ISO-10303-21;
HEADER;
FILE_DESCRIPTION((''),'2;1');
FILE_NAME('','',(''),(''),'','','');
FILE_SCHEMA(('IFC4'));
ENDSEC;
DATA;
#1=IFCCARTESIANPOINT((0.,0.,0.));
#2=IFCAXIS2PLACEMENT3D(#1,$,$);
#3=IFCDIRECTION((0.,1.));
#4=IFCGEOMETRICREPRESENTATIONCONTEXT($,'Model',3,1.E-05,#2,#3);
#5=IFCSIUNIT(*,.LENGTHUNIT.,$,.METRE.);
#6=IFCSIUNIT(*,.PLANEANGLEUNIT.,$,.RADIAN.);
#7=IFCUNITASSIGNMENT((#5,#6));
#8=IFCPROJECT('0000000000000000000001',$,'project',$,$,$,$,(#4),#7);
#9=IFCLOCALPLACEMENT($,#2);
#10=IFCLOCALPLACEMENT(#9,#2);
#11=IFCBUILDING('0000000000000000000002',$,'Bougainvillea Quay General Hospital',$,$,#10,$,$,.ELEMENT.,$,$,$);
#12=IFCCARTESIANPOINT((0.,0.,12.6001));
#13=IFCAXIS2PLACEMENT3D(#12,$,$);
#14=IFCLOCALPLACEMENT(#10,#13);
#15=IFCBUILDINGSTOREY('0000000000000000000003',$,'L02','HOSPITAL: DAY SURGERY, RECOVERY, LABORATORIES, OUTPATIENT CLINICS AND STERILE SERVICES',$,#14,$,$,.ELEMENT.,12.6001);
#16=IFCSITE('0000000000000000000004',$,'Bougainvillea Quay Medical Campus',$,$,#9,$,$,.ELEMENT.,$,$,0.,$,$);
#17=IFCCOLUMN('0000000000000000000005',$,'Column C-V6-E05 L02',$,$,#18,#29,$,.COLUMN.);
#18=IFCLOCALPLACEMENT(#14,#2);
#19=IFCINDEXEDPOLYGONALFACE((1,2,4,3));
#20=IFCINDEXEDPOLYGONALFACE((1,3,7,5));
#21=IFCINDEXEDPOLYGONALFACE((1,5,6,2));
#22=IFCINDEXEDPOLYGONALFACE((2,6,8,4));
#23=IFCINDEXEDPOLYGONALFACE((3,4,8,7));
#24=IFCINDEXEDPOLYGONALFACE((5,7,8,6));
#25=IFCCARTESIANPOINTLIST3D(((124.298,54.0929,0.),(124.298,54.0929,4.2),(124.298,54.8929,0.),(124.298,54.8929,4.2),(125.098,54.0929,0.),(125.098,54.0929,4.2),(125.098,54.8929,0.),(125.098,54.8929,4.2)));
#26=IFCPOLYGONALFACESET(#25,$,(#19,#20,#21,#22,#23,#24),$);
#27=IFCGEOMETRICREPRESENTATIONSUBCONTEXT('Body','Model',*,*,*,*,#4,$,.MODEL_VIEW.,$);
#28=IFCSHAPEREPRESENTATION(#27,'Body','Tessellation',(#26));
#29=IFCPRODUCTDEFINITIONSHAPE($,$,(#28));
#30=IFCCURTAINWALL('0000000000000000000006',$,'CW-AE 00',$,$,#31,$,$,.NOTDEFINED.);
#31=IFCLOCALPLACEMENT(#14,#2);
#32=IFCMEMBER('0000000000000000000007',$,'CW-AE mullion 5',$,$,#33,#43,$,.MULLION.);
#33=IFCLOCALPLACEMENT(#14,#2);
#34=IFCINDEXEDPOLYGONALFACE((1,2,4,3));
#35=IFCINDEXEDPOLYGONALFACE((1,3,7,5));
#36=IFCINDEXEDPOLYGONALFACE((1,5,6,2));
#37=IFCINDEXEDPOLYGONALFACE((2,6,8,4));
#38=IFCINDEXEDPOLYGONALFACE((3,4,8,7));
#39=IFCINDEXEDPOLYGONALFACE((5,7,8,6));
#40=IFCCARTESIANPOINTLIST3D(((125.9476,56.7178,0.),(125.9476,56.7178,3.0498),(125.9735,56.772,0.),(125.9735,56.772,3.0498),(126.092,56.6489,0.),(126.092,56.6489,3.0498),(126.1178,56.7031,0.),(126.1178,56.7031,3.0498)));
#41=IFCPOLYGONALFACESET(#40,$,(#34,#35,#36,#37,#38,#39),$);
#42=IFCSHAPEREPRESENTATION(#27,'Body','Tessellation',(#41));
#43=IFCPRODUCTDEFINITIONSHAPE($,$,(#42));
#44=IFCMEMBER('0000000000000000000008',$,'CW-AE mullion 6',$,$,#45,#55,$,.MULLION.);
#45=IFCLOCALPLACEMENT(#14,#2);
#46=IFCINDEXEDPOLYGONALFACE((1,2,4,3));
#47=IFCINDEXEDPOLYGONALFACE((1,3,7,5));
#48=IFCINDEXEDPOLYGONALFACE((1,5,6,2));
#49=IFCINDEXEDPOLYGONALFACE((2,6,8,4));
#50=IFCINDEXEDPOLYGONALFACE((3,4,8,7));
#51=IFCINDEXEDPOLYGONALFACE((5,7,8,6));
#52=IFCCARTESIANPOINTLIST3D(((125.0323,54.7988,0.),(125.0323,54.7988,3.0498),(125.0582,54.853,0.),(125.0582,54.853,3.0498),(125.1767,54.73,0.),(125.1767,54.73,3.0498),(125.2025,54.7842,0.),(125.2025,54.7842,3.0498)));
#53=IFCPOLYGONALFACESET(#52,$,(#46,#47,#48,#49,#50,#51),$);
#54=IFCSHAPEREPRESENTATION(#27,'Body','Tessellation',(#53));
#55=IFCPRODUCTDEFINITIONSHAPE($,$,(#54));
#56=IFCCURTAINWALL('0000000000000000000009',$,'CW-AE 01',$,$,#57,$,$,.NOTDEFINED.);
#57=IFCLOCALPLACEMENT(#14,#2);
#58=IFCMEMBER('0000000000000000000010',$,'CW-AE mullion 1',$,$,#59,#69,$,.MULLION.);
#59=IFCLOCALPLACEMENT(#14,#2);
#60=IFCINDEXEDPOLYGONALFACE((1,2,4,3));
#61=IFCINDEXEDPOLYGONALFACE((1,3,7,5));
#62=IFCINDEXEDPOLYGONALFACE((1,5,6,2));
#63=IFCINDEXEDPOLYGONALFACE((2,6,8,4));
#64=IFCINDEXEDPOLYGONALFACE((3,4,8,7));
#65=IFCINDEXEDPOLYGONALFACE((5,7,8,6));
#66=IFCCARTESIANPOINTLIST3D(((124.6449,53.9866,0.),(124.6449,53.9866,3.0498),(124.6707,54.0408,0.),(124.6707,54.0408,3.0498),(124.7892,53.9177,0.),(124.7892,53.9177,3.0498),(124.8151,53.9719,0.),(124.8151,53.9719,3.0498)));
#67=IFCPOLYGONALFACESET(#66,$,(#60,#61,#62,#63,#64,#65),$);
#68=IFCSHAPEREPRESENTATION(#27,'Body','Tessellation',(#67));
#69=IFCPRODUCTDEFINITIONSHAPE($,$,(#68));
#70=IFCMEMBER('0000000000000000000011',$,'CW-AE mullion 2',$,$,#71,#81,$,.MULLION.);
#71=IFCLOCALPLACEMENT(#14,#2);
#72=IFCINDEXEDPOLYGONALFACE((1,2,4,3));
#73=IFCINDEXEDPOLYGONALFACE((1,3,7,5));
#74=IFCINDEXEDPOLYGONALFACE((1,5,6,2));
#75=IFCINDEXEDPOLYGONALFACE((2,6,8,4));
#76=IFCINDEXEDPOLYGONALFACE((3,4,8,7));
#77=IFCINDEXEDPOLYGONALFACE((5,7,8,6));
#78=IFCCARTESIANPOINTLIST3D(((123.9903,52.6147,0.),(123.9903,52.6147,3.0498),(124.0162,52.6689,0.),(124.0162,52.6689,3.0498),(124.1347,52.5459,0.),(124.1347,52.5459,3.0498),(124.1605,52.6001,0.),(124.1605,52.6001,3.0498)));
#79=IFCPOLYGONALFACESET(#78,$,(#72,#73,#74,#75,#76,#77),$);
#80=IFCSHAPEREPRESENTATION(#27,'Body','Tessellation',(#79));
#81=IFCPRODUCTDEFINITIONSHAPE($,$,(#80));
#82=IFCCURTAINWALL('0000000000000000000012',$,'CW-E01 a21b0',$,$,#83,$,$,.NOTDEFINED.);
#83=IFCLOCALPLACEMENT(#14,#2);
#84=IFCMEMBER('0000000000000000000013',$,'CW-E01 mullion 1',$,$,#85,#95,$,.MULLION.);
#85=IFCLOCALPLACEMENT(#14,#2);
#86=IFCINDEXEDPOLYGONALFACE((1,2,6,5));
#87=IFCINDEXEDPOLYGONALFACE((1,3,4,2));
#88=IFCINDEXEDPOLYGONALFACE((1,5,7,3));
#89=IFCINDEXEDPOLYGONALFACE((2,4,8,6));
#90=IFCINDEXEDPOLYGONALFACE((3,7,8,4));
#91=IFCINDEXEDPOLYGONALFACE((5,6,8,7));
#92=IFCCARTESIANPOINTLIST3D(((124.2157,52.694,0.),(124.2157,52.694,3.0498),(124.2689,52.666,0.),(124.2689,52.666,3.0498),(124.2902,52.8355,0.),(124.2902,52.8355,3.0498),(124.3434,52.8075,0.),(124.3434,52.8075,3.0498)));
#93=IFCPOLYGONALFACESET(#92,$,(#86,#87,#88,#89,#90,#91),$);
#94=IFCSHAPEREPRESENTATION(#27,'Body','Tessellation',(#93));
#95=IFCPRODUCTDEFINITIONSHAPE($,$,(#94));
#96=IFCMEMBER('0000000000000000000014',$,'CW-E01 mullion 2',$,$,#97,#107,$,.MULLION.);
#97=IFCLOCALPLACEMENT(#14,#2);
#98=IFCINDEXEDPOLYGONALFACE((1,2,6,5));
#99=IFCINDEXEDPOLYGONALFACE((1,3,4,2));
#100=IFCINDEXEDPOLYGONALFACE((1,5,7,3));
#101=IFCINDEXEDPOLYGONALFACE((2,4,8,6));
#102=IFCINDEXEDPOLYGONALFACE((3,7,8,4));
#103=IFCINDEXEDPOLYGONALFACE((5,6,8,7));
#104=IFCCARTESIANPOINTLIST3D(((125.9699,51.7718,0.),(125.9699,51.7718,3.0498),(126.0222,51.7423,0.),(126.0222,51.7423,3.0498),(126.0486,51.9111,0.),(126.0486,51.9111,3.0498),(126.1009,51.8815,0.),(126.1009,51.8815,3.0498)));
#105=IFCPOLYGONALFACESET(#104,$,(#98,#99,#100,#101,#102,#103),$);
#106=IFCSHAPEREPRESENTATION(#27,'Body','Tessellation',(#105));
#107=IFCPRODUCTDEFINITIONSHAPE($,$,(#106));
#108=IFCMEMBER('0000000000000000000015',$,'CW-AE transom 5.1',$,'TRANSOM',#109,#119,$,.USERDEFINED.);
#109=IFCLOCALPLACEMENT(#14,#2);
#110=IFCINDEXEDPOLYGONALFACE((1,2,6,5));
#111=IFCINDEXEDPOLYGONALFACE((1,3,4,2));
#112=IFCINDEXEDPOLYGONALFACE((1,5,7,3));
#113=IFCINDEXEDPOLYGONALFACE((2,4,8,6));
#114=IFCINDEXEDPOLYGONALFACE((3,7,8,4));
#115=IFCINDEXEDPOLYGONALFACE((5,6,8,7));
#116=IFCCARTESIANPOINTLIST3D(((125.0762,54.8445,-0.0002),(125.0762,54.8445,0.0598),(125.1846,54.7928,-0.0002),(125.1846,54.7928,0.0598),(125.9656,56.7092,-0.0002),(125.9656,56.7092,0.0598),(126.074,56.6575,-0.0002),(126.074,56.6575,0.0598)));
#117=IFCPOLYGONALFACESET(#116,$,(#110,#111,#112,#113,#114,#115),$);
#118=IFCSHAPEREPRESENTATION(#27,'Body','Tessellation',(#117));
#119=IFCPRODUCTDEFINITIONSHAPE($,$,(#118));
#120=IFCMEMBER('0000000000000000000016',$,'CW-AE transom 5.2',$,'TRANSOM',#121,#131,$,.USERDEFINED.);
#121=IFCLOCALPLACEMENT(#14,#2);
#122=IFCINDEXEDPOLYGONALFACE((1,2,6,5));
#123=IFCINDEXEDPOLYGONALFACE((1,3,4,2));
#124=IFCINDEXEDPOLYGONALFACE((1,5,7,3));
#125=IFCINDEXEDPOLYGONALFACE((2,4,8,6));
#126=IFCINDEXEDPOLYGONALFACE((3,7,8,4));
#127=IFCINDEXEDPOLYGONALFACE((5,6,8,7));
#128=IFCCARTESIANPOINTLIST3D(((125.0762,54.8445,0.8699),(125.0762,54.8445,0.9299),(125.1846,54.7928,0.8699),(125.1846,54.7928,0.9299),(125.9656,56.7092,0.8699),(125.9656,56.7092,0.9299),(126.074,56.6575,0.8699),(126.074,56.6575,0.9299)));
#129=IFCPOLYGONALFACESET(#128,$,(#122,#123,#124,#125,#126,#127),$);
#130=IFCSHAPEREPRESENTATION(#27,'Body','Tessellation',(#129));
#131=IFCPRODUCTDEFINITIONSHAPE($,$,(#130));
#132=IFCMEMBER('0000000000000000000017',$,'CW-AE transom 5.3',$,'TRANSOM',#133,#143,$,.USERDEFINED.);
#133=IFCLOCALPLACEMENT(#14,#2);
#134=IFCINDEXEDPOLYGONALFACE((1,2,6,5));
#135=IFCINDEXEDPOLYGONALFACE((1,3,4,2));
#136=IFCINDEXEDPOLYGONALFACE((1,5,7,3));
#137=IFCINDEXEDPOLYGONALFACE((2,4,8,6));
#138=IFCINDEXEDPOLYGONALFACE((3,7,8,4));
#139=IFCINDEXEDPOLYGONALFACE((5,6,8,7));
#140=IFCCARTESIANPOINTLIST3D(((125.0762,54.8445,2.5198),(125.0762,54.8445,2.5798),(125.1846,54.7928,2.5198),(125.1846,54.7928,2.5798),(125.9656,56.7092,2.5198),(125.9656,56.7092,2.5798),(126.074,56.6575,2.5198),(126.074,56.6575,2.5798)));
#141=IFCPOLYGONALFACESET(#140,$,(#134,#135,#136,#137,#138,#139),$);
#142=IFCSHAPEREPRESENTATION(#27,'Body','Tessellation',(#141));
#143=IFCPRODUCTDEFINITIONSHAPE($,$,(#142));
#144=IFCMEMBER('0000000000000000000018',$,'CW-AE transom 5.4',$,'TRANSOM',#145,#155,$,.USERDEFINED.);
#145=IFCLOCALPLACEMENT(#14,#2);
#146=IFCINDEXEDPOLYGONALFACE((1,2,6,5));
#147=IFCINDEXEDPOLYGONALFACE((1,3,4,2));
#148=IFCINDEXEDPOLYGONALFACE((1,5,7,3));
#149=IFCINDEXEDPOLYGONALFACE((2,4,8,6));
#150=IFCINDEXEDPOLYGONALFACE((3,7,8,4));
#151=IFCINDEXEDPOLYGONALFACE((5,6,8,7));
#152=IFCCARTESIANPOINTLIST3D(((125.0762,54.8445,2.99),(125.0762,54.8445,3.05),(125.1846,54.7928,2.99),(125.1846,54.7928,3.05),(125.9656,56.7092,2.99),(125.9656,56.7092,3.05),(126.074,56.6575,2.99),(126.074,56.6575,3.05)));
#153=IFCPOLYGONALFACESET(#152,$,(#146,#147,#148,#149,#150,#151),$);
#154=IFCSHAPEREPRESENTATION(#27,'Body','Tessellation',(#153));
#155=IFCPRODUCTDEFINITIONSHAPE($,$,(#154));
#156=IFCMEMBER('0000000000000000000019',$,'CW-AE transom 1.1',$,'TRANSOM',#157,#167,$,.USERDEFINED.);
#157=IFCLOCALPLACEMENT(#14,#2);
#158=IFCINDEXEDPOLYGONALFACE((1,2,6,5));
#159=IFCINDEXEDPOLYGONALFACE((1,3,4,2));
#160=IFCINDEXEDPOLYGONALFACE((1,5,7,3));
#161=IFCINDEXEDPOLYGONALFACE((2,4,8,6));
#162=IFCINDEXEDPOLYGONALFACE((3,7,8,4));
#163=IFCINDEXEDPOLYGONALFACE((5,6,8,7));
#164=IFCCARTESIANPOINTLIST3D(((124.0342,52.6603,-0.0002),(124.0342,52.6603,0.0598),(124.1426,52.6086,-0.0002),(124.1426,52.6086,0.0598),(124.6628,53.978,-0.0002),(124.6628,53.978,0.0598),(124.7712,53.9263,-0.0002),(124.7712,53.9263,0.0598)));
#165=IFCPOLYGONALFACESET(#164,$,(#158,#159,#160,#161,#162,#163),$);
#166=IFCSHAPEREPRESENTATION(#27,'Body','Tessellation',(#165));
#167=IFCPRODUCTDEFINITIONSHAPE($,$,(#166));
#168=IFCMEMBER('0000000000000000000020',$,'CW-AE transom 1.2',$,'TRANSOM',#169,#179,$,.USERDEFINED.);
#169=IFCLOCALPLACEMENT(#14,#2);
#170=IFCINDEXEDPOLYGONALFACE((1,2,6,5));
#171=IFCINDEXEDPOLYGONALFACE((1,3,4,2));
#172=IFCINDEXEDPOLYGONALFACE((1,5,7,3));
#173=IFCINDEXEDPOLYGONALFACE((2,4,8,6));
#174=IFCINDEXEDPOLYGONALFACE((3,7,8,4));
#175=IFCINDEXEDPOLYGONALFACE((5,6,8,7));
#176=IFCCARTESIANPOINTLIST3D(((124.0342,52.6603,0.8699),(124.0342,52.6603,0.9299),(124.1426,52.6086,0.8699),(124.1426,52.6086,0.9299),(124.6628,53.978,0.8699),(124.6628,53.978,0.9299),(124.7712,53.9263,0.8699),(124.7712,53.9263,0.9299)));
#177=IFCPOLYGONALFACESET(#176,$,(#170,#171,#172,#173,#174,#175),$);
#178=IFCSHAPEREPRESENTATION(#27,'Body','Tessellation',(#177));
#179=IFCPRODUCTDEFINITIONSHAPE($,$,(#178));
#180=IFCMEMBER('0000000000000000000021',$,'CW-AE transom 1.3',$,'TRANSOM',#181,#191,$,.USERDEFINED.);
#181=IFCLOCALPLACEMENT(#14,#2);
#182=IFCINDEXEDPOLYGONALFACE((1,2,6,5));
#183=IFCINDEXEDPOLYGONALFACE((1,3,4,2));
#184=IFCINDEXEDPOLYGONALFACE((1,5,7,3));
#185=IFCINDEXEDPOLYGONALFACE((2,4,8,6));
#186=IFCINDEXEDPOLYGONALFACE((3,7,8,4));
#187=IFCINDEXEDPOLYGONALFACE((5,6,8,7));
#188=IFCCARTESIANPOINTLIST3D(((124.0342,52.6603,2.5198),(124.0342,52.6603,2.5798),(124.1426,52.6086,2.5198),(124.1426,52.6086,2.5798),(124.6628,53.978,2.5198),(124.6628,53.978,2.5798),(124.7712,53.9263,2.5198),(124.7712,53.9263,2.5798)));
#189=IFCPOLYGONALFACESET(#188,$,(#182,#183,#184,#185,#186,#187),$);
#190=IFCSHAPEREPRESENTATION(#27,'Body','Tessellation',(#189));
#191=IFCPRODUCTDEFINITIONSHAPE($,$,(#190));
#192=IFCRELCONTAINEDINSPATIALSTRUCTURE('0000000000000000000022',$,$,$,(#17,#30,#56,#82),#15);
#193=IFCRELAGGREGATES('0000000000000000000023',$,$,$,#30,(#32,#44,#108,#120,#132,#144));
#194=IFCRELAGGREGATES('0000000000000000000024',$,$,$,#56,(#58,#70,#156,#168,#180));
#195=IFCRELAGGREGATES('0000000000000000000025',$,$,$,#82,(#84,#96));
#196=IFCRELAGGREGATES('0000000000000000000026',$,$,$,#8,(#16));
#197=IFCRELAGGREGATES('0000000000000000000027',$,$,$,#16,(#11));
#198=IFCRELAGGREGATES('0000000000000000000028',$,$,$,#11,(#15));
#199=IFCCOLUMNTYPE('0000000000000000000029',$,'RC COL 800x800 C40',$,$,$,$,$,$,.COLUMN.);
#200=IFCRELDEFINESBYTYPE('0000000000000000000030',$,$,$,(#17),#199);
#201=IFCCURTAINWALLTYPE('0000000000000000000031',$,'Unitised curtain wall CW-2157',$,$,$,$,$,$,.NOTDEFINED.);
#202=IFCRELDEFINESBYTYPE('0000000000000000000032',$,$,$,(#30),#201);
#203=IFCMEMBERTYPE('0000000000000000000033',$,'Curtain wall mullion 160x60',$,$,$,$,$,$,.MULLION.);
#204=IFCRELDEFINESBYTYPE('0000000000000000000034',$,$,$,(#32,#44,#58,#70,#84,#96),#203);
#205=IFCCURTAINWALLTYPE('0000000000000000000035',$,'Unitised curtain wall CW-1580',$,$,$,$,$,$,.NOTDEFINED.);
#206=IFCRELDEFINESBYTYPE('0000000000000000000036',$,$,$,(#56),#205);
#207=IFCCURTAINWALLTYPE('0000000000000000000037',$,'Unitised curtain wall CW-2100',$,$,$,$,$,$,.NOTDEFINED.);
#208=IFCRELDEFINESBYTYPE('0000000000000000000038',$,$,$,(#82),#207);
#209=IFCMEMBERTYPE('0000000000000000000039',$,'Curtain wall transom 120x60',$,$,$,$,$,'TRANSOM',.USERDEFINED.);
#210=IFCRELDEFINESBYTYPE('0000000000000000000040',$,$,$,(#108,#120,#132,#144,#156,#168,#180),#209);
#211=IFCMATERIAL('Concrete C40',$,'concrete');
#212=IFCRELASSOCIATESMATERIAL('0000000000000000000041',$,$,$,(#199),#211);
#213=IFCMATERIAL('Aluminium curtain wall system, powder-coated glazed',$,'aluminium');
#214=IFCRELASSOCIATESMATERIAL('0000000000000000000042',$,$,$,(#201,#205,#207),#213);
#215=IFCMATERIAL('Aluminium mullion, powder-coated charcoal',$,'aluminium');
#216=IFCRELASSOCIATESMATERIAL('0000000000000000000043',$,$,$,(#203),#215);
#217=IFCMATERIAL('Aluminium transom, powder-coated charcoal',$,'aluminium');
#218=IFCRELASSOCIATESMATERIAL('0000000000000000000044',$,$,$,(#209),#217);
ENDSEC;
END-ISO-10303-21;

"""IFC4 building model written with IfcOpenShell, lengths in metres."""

from ifc_helpers import new_model, si_unit, direction, frame, origin, origin_2d, place, context, subcontext, project, spatial, rectangle, extrude, material, material_profile, profile_set, type_object, element, aggregate, save


model = new_model("IFC4")

# Units and contexts
model_context = context("Model", 3, precision=1e-05, world=origin(), true_north=direction((0.0, 1.0)))
body_context = subcontext(model_context, "Body", "Model", "MODEL_VIEW")
ifc_project = project(units=[si_unit("LENGTHUNIT", "METRE"), si_unit("PLANEANGLEUNIT", "RADIAN")], contexts=[model_context])

# Site, building, storey
site_placement = place(None, origin())
site = spatial("IfcSite", under=ifc_project, at=site_placement, Name="Bougainvillea Quay Medical Campus", CompositionType="ELEMENT", RefElevation=0.0)
building_placement = place(site_placement, origin())
building = spatial("IfcBuilding", under=site, at=building_placement, Name="Bougainvillea Quay General Hospital", CompositionType="ELEMENT")
storey_placement = place(building_placement, frame((0.0, 0.0, 12.6001)))
storey = spatial("IfcBuildingStorey", under=building, at=storey_placement, Name="L02", Description="HOSPITAL: DAY SURGERY, RECOVERY, LABORATORIES, OUTPATIENT CLINICS AND STERILE SERVICES", CompositionType="ELEMENT", Elevation=12.6001)

# Column
ifc_material_1 = material(Name="Concrete C40", Category="concrete")
ifc_material_profile_1 = material_profile(ifc_material_1, rectangle(XDim=0.8, YDim=0.8, at=origin_2d()))
ifc_profile_set_1 = profile_set([ifc_material_profile_1], Name="Concrete C40")
column_type = type_object("IfcColumnType", Name="RC COL 800x800 C40", PredefinedType="COLUMN", material=ifc_profile_set_1)
column_placement = place(storey_placement, frame((124.698, 54.4929, 0.0), z_axis=(0.0, 0.0, 1.0), x_axis=(1.0, 0.0, 0.0)))
element("IfcColumn", 1, at=column_placement, inside=storey, type_object=column_type, Name="Column C-V6-E05 L02", PredefinedType="COLUMN", context=body_context, shape_type="SweptSolid", body=[
    extrude(rectangle(XDim=0.8, YDim=0.8, at=origin_2d()), origin(), (0.0, 0.0, 1.0), 4.2),
])

# Curtain walls, members
ifc_material_2 = material(Name="Aluminium curtain wall system, powder-coated glazed", Category="aluminium")
curtain_wall_type_1 = type_object("IfcCurtainWallType", Name="Unitised curtain wall CW-2157", PredefinedType="NOTDEFINED", material=ifc_material_2)
curtain_wall_1_placement = place(storey_placement, origin())
curtain_wall_1 = element("IfcCurtainWall", 2, at=curtain_wall_1_placement, inside=storey, type_object=curtain_wall_type_1, Name="CW-AE 00", PredefinedType="NOTDEFINED")
ifc_material_3 = material(Name="Aluminium mullion, powder-coated charcoal", Category="aluminium")
ifc_material_profile_2 = material_profile(ifc_material_3, rectangle(XDim=0.1599, YDim=0.0601, at=origin_2d()))
ifc_profile_set_2 = profile_set([ifc_material_profile_2], Name="Aluminium mullion, powder-coated charcoal")
member_type_1 = type_object("IfcMemberType", Name="Curtain wall mullion 160x60", PredefinedType="MULLION", material=ifc_profile_set_2)
member_1_placement = place(storey_placement, frame((126.0327, 56.7104, 0.0), z_axis=(0.0, 0.0, 1.0), x_axis=(0.902576, -0.43053, 0.0)))
member_1 = element("IfcMember", 3, at=member_1_placement, type_object=member_type_1, Name="CW-AE mullion 5", PredefinedType="MULLION", context=body_context, shape_type="SweptSolid", body=[
    extrude(rectangle(XDim=0.1599, YDim=0.0601, at=origin_2d()), origin(), (0.0, 0.0, 1.0), 3.0498),
])
member_2_placement = place(storey_placement, frame((125.1174, 54.7915, 0.0), z_axis=(0.0, 0.0, 1.0), x_axis=(0.902576, -0.43053, 0.0)))
member_2 = element("IfcMember", 4, at=member_2_placement, type_object=member_type_1, Name="CW-AE mullion 6", PredefinedType="MULLION", context=body_context, shape_type="SweptSolid", body=[
    extrude(rectangle(XDim=0.1599, YDim=0.0601, at=origin_2d()), origin(), (0.0, 0.0, 1.0), 3.0498),
])
curtain_wall_type_2 = type_object("IfcCurtainWallType", Name="Unitised curtain wall CW-1580", PredefinedType="NOTDEFINED", material=ifc_material_2)
curtain_wall_2_placement = place(storey_placement, origin())
curtain_wall_2 = element("IfcCurtainWall", 5, at=curtain_wall_2_placement, inside=storey, type_object=curtain_wall_type_2, Name="CW-AE 01", PredefinedType="NOTDEFINED")
member_3_placement = place(storey_placement, frame((124.73, 53.9792, 0.0), z_axis=(0.0, 0.0, 1.0), x_axis=(0.902576, -0.43053, 0.0)))
member_3 = element("IfcMember", 6, at=member_3_placement, type_object=member_type_1, Name="CW-AE mullion 1", PredefinedType="MULLION", context=body_context, shape_type="SweptSolid", body=[
    extrude(rectangle(XDim=0.1599, YDim=0.0601, at=origin_2d()), origin(), (0.0, 0.0, 1.0), 3.0498),
])
member_4_placement = place(storey_placement, frame((124.0754, 52.6074, 0.0), z_axis=(0.0, 0.0, 1.0), x_axis=(0.902576, -0.43053, 0.0)))
member_4 = element("IfcMember", 7, at=member_4_placement, type_object=member_type_1, Name="CW-AE mullion 2", PredefinedType="MULLION", context=body_context, shape_type="SweptSolid", body=[
    extrude(rectangle(XDim=0.1599, YDim=0.0601, at=origin_2d()), origin(), (0.0, 0.0, 1.0), 3.0498),
])
curtain_wall_type_3 = type_object("IfcCurtainWallType", Name="Unitised curtain wall CW-2100", PredefinedType="NOTDEFINED", material=ifc_material_2)
curtain_wall_3_placement = place(storey_placement, origin())
curtain_wall_3 = element("IfcCurtainWall", 8, at=curtain_wall_3_placement, inside=storey, type_object=curtain_wall_type_3, Name="CW-E01 a21b0", PredefinedType="NOTDEFINED")
member_5_placement = place(storey_placement, frame((124.2795, 52.7507, 0.0), z_axis=(0.0, 0.0, 1.0), x_axis=(0.465726, 0.884929, 0.0)))
member_5 = element("IfcMember", 9, at=member_5_placement, type_object=member_type_1, Name="CW-E01 mullion 1", PredefinedType="MULLION", context=body_context, shape_type="SweptSolid", body=[
    extrude(rectangle(XDim=0.1599, YDim=0.0601, at=origin_2d()), origin(), (0.0, 0.0, 1.0), 3.0498),
])
member_6_placement = place(storey_placement, frame((126.0354, 51.8267, 0.0), z_axis=(0.0, 0.0, 1.0), x_axis=(0.491545, 0.870852, 0.0)))
member_6 = element("IfcMember", 10, at=member_6_placement, type_object=member_type_1, Name="CW-E01 mullion 2", PredefinedType="MULLION", context=body_context, shape_type="SweptSolid", body=[
    extrude(rectangle(XDim=0.1599, YDim=0.0601, at=origin_2d()), origin(), (0.0, 0.0, 1.0), 3.0498),
])

# Members
ifc_material_4 = material(Name="Aluminium transom, powder-coated charcoal", Category="aluminium")
ifc_material_profile_3 = material_profile(ifc_material_4, rectangle(XDim=0.1201, YDim=0.0601, at=origin_2d()))
ifc_profile_set_3 = profile_set([ifc_material_profile_3], Name="Aluminium transom, powder-coated charcoal")
member_type_2 = type_object("IfcMemberType", Name="Curtain wall transom 120x60", ElementType="TRANSOM", PredefinedType="USERDEFINED", material=ifc_profile_set_3)
member_7_placement = place(storey_placement, frame((126.0198, 56.6833, 0.0298), z_axis=(-0.430498, -0.902592, 0.0), x_axis=(0.902592, -0.430498, 0.0)))
member_7 = element("IfcMember", 11, at=member_7_placement, type_object=member_type_2, Name="CW-AE transom 5.1", ObjectType="TRANSOM", PredefinedType="USERDEFINED", context=body_context, shape_type="SweptSolid", body=[
    extrude(rectangle(XDim=0.1201, YDim=0.0601, at=origin_2d()), origin(), (0.0, 0.0, 1.0), 2.0659),
])
member_8_placement = place(storey_placement, frame((126.0198, 56.6833, 0.8999), z_axis=(-0.430498, -0.902592, 0.0), x_axis=(0.902592, -0.430498, 0.0)))
member_8 = element("IfcMember", 12, at=member_8_placement, type_object=member_type_2, Name="CW-AE transom 5.2", ObjectType="TRANSOM", PredefinedType="USERDEFINED", context=body_context, shape_type="SweptSolid", body=[
    extrude(rectangle(XDim=0.1201, YDim=0.0601, at=origin_2d()), origin(), (0.0, 0.0, 1.0), 2.0659),
])
member_9_placement = place(storey_placement, frame((126.0198, 56.6833, 2.5498), z_axis=(-0.430498, -0.902592, 0.0), x_axis=(0.902592, -0.430498, 0.0)))
member_9 = element("IfcMember", 13, at=member_9_placement, type_object=member_type_2, Name="CW-AE transom 5.3", ObjectType="TRANSOM", PredefinedType="USERDEFINED", context=body_context, shape_type="SweptSolid", body=[
    extrude(rectangle(XDim=0.1201, YDim=0.0601, at=origin_2d()), origin(), (0.0, 0.0, 1.0), 2.0659),
])
member_10_placement = place(storey_placement, frame((126.0198, 56.6833, 3.02), z_axis=(-0.430498, -0.902592, 0.0), x_axis=(0.902592, -0.430498, 0.0)))
member_10 = element("IfcMember", 14, at=member_10_placement, type_object=member_type_2, Name="CW-AE transom 5.4", ObjectType="TRANSOM", PredefinedType="USERDEFINED", context=body_context, shape_type="SweptSolid", body=[
    extrude(rectangle(XDim=0.1201, YDim=0.0601, at=origin_2d()), origin(), (0.0, 0.0, 1.0), 2.0659),
])
member_11_placement = place(storey_placement, frame((124.717, 53.9521, 0.0298), z_axis=(-0.430615, -0.902536, 0.0), x_axis=(0.902536, -0.430615, 0.0)))
member_11 = element("IfcMember", 15, at=member_11_placement, type_object=member_type_2, Name="CW-AE transom 1.1", ObjectType="TRANSOM", PredefinedType="USERDEFINED", context=body_context, shape_type="SweptSolid", body=[
    extrude(rectangle(XDim=0.1201, YDim=0.0601, at=origin_2d()), origin(), (0.0, 0.0, 1.0), 1.46),
])
member_12_placement = place(storey_placement, frame((124.717, 53.9521, 0.8999), z_axis=(-0.430615, -0.902536, 0.0), x_axis=(0.902536, -0.430615, 0.0)))
member_12 = element("IfcMember", 16, at=member_12_placement, type_object=member_type_2, Name="CW-AE transom 1.2", ObjectType="TRANSOM", PredefinedType="USERDEFINED", context=body_context, shape_type="SweptSolid", body=[
    extrude(rectangle(XDim=0.1201, YDim=0.0601, at=origin_2d()), origin(), (0.0, 0.0, 1.0), 1.46),
])
member_13_placement = place(storey_placement, frame((124.717, 53.9521, 2.5498), z_axis=(-0.430615, -0.902536, 0.0), x_axis=(0.902536, -0.430615, 0.0)))
member_13 = element("IfcMember", 17, at=member_13_placement, type_object=member_type_2, Name="CW-AE transom 1.3", ObjectType="TRANSOM", PredefinedType="USERDEFINED", context=body_context, shape_type="SweptSolid", body=[
    extrude(rectangle(XDim=0.1201, YDim=0.0601, at=origin_2d()), origin(), (0.0, 0.0, 1.0), 1.46),
])

aggregate(curtain_wall_1, [member_1, member_2, member_7, member_8, member_9, member_10])
aggregate(curtain_wall_2, [member_3, member_4, member_11, member_12, member_13])
aggregate(curtain_wall_3, [member_5, member_6])

save(model, "model.ifc")
